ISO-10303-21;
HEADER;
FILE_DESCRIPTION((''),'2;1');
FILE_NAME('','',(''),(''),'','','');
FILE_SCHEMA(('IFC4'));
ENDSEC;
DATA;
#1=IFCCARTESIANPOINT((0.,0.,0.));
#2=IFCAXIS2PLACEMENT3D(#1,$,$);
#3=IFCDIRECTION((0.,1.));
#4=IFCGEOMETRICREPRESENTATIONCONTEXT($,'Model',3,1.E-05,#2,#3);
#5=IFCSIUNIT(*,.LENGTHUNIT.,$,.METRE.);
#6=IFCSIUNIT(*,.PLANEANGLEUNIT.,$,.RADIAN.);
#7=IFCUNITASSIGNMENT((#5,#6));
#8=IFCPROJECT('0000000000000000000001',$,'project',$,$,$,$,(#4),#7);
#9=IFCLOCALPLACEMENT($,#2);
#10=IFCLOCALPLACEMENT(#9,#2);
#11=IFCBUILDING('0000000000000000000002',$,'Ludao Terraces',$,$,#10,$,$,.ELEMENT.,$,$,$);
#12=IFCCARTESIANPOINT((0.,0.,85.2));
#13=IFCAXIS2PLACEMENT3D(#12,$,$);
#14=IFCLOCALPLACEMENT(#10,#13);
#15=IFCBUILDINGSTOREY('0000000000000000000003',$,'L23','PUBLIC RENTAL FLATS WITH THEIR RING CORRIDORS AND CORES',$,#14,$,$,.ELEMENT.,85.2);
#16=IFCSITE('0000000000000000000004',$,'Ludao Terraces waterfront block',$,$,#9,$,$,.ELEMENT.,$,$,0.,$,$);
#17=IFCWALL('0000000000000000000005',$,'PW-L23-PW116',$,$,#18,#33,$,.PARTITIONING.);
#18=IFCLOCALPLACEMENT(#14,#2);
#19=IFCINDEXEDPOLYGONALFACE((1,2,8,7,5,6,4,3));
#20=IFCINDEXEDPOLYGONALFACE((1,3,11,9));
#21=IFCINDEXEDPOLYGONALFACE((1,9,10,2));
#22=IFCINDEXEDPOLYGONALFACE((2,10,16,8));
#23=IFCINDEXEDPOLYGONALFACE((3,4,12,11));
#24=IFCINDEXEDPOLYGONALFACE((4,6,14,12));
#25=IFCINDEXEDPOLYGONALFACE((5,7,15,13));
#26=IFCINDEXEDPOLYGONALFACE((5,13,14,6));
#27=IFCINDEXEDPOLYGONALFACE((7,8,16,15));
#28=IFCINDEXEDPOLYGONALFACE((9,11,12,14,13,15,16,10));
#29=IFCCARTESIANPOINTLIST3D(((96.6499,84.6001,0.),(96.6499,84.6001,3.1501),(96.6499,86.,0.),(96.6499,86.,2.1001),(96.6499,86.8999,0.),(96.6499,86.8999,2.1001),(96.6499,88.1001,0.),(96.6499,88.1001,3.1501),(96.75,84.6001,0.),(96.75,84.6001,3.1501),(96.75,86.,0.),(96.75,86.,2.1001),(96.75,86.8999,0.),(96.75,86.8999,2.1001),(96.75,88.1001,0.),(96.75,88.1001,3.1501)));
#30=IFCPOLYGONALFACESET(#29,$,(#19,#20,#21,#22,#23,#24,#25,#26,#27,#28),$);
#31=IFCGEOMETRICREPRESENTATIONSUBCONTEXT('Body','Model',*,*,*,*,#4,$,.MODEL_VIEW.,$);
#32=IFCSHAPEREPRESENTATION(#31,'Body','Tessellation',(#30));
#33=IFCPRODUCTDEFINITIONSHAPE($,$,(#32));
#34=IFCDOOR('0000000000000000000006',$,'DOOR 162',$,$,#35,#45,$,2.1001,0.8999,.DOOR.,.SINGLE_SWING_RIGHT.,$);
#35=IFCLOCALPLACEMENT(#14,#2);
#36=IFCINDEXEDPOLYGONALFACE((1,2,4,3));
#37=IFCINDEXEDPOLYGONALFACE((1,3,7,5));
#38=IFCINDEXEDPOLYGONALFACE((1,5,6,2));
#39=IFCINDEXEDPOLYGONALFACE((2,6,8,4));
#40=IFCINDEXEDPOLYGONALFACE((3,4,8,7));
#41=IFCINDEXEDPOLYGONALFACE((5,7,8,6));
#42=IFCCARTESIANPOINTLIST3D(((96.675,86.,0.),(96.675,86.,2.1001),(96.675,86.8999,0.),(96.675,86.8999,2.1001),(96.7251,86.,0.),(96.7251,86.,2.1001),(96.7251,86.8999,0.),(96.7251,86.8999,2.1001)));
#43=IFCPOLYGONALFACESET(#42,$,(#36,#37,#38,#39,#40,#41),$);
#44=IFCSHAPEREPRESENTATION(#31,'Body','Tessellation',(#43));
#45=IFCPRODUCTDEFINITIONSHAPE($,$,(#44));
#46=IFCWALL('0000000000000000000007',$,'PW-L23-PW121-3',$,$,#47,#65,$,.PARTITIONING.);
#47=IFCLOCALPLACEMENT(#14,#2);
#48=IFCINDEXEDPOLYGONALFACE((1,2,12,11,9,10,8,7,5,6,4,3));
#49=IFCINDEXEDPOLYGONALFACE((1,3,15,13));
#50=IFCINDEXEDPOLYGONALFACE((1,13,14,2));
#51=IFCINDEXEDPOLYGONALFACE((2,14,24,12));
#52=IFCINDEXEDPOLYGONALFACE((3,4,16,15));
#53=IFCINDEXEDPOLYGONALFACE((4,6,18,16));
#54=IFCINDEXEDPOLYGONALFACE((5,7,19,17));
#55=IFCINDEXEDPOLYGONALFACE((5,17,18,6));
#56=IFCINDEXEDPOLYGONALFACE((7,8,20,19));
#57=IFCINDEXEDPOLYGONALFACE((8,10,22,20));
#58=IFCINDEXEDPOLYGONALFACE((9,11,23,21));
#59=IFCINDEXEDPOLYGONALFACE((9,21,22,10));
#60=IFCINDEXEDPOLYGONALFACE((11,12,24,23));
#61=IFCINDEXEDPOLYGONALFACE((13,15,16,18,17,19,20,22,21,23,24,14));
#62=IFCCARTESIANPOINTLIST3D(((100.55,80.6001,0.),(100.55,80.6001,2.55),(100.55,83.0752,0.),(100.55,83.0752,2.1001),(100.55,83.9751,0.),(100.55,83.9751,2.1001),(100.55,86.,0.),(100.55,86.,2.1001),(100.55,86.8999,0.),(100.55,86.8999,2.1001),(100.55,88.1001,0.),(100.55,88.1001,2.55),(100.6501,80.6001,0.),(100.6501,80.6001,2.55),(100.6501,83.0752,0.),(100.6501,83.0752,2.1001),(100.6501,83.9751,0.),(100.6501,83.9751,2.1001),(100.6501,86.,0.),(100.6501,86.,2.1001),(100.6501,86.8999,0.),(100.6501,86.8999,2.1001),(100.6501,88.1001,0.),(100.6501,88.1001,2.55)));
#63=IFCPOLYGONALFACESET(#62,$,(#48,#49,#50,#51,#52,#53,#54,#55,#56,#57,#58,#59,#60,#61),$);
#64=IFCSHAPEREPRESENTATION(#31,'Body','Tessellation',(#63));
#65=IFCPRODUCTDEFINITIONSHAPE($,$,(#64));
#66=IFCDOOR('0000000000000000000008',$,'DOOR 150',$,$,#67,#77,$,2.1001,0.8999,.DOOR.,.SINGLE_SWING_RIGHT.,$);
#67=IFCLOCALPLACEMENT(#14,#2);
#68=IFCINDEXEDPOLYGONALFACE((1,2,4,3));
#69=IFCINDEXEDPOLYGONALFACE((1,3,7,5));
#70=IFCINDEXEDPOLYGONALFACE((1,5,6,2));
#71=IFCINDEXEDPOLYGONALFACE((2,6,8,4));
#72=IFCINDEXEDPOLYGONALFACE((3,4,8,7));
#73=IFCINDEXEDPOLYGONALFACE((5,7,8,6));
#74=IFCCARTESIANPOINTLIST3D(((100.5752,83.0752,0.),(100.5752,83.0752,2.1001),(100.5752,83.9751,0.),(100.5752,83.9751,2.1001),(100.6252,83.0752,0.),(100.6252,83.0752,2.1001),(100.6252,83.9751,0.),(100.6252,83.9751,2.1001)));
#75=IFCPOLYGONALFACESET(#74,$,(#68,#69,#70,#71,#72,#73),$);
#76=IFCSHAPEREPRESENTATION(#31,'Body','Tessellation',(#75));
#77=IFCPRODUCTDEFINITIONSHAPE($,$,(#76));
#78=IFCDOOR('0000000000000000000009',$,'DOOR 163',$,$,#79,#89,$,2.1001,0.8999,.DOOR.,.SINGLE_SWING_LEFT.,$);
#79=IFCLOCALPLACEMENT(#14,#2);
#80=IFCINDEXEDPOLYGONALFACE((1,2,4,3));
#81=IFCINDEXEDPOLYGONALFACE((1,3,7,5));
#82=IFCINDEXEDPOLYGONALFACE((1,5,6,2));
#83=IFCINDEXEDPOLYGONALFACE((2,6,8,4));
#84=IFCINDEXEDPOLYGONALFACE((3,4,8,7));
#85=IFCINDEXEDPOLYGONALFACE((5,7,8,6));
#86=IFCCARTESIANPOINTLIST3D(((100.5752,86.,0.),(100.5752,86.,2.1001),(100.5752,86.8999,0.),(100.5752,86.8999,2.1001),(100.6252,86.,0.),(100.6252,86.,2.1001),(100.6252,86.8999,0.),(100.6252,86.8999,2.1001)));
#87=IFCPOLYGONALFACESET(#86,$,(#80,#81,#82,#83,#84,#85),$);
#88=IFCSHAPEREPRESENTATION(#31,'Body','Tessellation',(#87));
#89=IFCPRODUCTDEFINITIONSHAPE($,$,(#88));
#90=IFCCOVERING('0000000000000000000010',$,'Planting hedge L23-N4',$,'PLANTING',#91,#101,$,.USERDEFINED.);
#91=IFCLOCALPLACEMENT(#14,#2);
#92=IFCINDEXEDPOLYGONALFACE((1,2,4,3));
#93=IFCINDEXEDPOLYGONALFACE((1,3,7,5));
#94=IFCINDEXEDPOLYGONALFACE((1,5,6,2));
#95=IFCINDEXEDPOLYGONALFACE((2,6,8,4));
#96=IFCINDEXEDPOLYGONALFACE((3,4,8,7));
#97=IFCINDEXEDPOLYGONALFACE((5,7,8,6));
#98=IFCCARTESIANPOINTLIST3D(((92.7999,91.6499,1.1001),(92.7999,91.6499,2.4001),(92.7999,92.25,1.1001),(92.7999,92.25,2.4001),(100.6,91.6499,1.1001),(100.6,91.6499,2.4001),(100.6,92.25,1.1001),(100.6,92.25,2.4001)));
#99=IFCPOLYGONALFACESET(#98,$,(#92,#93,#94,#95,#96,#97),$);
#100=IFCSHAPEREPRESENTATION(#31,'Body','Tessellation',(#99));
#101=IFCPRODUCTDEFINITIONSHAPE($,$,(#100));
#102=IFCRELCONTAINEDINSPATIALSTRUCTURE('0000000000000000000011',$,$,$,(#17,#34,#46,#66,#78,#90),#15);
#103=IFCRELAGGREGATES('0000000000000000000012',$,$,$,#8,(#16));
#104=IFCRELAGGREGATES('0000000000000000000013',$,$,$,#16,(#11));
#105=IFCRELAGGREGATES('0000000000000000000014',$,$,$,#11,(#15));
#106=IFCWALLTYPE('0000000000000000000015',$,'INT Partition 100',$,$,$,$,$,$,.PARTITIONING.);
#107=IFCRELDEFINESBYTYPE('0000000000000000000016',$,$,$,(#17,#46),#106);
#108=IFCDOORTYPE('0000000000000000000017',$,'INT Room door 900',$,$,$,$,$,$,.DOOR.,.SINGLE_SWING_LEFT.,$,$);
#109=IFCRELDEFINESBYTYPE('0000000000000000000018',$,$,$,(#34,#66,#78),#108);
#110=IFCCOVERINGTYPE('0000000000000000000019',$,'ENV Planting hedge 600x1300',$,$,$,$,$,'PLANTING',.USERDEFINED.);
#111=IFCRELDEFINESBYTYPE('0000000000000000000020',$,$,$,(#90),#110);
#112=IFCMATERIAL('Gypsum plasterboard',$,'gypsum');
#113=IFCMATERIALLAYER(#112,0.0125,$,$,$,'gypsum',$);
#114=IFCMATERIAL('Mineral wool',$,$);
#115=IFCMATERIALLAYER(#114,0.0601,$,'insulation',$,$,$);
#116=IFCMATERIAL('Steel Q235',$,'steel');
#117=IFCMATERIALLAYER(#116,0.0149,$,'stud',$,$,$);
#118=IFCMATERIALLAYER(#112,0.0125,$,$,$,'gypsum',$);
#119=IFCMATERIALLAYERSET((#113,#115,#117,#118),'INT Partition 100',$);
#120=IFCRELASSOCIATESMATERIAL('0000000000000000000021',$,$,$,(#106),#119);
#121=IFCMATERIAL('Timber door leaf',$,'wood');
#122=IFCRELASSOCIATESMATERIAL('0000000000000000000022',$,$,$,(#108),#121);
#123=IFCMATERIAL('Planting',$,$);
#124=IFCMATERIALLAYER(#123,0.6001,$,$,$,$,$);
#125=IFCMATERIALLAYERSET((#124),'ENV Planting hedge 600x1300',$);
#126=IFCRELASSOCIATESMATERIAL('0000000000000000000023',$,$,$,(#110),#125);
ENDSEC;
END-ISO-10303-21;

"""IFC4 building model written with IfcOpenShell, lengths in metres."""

from ifc_helpers import new_model, si_unit, direction, frame, frame_2d, origin, origin_2d, place, context, subcontext, project, spatial, rectangle, extrude, material, layer, layer_set, type_object, element, fill, save


model = new_model("IFC4")

# Units and contexts
model_context = context("Model", 3, precision=1e-05, world=origin(), true_north=direction((0.0, 1.0)))
body_context = subcontext(model_context, "Body", "Model", "MODEL_VIEW")
ifc_project = project(units=[si_unit("LENGTHUNIT", "METRE"), si_unit("PLANEANGLEUNIT", "RADIAN")], contexts=[model_context])

# Site, building, storey
site_placement = place(None, origin())
site = spatial("IfcSite", under=ifc_project, at=site_placement, Name="Ludao Terraces waterfront block", CompositionType="ELEMENT", RefElevation=0.0)
building_placement = place(site_placement, origin())
building = spatial("IfcBuilding", under=site, at=building_placement, Name="Ludao Terraces", CompositionType="ELEMENT")
storey_placement = place(building_placement, frame((0.0, 0.0, 85.2)))
storey = spatial("IfcBuildingStorey", under=building, at=storey_placement, Name="L23", Description="PUBLIC RENTAL FLATS WITH THEIR RING CORRIDORS AND CORES", CompositionType="ELEMENT", Elevation=85.2)

# Shared definitions
ifc_material_1 = material(Name="Gypsum plasterboard", Category="gypsum")
ifc_layer_1 = layer(ifc_material_1, 0.0125, Category="gypsum")
ifc_material_2 = material(Name="Mineral wool")
ifc_layer_2 = layer(ifc_material_2, 0.0601, Name="insulation")
ifc_material_3 = material(Name="Steel Q235", Category="steel")
ifc_layer_3 = layer(ifc_material_3, 0.0149, Name="stud")
ifc_layer_4 = layer(ifc_material_1, 0.0125, Category="gypsum")
ifc_layer_set_1 = layer_set([ifc_layer_1, ifc_layer_2, ifc_layer_3, ifc_layer_4], Name="INT Partition 100")
wall_type_1 = type_object("IfcWallType", Name="INT Partition 100", PredefinedType="PARTITIONING", material=ifc_layer_set_1)

# Wall, opening, door
ifc_material_4 = material(Name="Timber door leaf", Category="wood")
door_type = type_object("IfcDoorType", Name="INT Room door 900", OperationType="SINGLE_SWING_LEFT", PredefinedType="DOOR", material=ifc_material_4)
wall_1_placement = place(storey_placement, frame((96.7, 84.6001, 0.0), z_axis=(0.0, 0.0, 1.0), x_axis=(0.0, 1.0, 0.0)))
wall_1 = element("IfcWall", 1, at=wall_1_placement, inside=storey, type_object=wall_type_1, Name="PW-L23-PW116", PredefinedType="PARTITIONING", context=body_context, shape_type="SweptSolid", body=[
    extrude(rectangle(XDim=3.5, YDim=0.1001, at=frame_2d((1.75, 0.0))), origin(), (0.0, 0.0, 1.0), 3.1501),
])
opening_1_placement = place(wall_1_placement, frame((1.3999, 0.0, 0.0)))
opening_1 = element("IfcOpeningElement", 2, at=opening_1_placement, cuts=wall_1, PredefinedType="OPENING", context=body_context, shape_type="SweptSolid", body=[
    extrude(rectangle(XDim=0.8999, YDim=2.1001, at=frame_2d((0.45, 1.05))), frame((0.0, 0.0601, 0.0), z_axis=(0.0, -1.0, 0.0), x_axis=(1.0, 0.0, 0.0)), (0.0, 0.0, 1.0), 0.1201),
])
door_1_placement = place(opening_1_placement, origin())
door_1 = element("IfcDoor", 3, at=door_1_placement, inside=storey, type_object=door_type, Name="DOOR 162", OperationType="SINGLE_SWING_RIGHT", OverallHeight=2.1001, OverallWidth=0.8999, PredefinedType="DOOR", context=body_context, shape_type="SweptSolid", body=[
    extrude(rectangle(XDim=0.8999, YDim=2.1001, at=frame_2d((0.45, 1.05))), frame((0.0, 0.0249, 0.0), z_axis=(0.0, -1.0, 0.0), x_axis=(1.0, 0.0, 0.0)), (0.0, 0.0, 1.0), 0.05),
])
fill(opening_1, door_1)

# Wall, openings, doors
wall_2_placement = place(storey_placement, frame((100.6001, 80.6001, 0.0), z_axis=(0.0, 0.0, 1.0), x_axis=(0.0, 1.0, 0.0)))
wall_2 = element("IfcWall", 4, at=wall_2_placement, inside=storey, type_object=wall_type_1, Name="PW-L23-PW121-3", PredefinedType="PARTITIONING", context=body_context, shape_type="SweptSolid", body=[
    extrude(rectangle(XDim=7.5, YDim=0.1001, at=frame_2d((3.75, 0.0))), origin(), (0.0, 0.0, 1.0), 2.55),
])
opening_2_placement = place(wall_2_placement, frame((2.4751, 0.0, 0.0)))
opening_2 = element("IfcOpeningElement", 5, at=opening_2_placement, cuts=wall_2, PredefinedType="OPENING", context=body_context, shape_type="SweptSolid", body=[
    extrude(rectangle(XDim=0.8999, YDim=2.1001, at=frame_2d((0.45, 1.05))), frame((0.0, 0.0601, 0.0), z_axis=(0.0, -1.0, 0.0), x_axis=(1.0, 0.0, 0.0)), (0.0, 0.0, 1.0), 0.1201),
])
opening_3_placement = place(wall_2_placement, frame((5.3999, 0.0, 0.0)))
opening_3 = element("IfcOpeningElement", 6, at=opening_3_placement, cuts=wall_2, PredefinedType="OPENING", context=body_context, shape_type="SweptSolid", body=[
    extrude(rectangle(XDim=0.8999, YDim=2.1001, at=frame_2d((0.45, 1.05))), frame((0.0, 0.0601, 0.0), z_axis=(0.0, -1.0, 0.0), x_axis=(1.0, 0.0, 0.0)), (0.0, 0.0, 1.0), 0.1201),
])
door_2_placement = place(opening_2_placement, origin())
door_2 = element("IfcDoor", 7, at=door_2_placement, inside=storey, type_object=door_type, Name="DOOR 150", OperationType="SINGLE_SWING_RIGHT", OverallHeight=2.1001, OverallWidth=0.8999, PredefinedType="DOOR", context=body_context, shape_type="SweptSolid", body=[
    extrude(rectangle(XDim=0.8999, YDim=2.1001, at=frame_2d((0.45, 1.05))), frame((0.0, 0.0249, 0.0), z_axis=(0.0, -1.0, 0.0), x_axis=(1.0, 0.0, 0.0)), (0.0, 0.0, 1.0), 0.05),
])
fill(opening_2, door_2)
door_3_placement = place(opening_3_placement, origin())
door_3 = element("IfcDoor", 8, at=door_3_placement, inside=storey, type_object=door_type, Name="DOOR 163", OperationType="SINGLE_SWING_LEFT", OverallHeight=2.1001, OverallWidth=0.8999, PredefinedType="DOOR", context=body_context, shape_type="SweptSolid", body=[
    extrude(rectangle(XDim=0.8999, YDim=2.1001, at=frame_2d((0.45, 1.05))), frame((0.0, 0.0249, 0.0), z_axis=(0.0, -1.0, 0.0), x_axis=(1.0, 0.0, 0.0)), (0.0, 0.0, 1.0), 0.05),
])
fill(opening_3, door_3)

# Covering
ifc_material_5 = material(Name="Planting")
ifc_layer_5 = layer(ifc_material_5, 0.6001)
ifc_layer_set_2 = layer_set([ifc_layer_5], Name="ENV Planting hedge 600x1300")
covering_type = type_object("IfcCoveringType", Name="ENV Planting hedge 600x1300", ElementType="PLANTING", PredefinedType="USERDEFINED", material=ifc_layer_set_2)
covering_placement = place(storey_placement, frame((96.7, 91.95, 1.1001), z_axis=(0.0, 0.0, 1.0), x_axis=(1.0, 0.0, 0.0)))
element("IfcCovering", 9, at=covering_placement, inside=storey, type_object=covering_type, Name="Planting hedge L23-N4", ObjectType="PLANTING", PredefinedType="USERDEFINED", context=body_context, shape_type="SweptSolid", body=[
    extrude(rectangle(XDim=7.8, YDim=0.6001, at=origin_2d()), origin(), (0.0, 0.0, 1.0), 1.3),
])

save(model, "model.ifc")
